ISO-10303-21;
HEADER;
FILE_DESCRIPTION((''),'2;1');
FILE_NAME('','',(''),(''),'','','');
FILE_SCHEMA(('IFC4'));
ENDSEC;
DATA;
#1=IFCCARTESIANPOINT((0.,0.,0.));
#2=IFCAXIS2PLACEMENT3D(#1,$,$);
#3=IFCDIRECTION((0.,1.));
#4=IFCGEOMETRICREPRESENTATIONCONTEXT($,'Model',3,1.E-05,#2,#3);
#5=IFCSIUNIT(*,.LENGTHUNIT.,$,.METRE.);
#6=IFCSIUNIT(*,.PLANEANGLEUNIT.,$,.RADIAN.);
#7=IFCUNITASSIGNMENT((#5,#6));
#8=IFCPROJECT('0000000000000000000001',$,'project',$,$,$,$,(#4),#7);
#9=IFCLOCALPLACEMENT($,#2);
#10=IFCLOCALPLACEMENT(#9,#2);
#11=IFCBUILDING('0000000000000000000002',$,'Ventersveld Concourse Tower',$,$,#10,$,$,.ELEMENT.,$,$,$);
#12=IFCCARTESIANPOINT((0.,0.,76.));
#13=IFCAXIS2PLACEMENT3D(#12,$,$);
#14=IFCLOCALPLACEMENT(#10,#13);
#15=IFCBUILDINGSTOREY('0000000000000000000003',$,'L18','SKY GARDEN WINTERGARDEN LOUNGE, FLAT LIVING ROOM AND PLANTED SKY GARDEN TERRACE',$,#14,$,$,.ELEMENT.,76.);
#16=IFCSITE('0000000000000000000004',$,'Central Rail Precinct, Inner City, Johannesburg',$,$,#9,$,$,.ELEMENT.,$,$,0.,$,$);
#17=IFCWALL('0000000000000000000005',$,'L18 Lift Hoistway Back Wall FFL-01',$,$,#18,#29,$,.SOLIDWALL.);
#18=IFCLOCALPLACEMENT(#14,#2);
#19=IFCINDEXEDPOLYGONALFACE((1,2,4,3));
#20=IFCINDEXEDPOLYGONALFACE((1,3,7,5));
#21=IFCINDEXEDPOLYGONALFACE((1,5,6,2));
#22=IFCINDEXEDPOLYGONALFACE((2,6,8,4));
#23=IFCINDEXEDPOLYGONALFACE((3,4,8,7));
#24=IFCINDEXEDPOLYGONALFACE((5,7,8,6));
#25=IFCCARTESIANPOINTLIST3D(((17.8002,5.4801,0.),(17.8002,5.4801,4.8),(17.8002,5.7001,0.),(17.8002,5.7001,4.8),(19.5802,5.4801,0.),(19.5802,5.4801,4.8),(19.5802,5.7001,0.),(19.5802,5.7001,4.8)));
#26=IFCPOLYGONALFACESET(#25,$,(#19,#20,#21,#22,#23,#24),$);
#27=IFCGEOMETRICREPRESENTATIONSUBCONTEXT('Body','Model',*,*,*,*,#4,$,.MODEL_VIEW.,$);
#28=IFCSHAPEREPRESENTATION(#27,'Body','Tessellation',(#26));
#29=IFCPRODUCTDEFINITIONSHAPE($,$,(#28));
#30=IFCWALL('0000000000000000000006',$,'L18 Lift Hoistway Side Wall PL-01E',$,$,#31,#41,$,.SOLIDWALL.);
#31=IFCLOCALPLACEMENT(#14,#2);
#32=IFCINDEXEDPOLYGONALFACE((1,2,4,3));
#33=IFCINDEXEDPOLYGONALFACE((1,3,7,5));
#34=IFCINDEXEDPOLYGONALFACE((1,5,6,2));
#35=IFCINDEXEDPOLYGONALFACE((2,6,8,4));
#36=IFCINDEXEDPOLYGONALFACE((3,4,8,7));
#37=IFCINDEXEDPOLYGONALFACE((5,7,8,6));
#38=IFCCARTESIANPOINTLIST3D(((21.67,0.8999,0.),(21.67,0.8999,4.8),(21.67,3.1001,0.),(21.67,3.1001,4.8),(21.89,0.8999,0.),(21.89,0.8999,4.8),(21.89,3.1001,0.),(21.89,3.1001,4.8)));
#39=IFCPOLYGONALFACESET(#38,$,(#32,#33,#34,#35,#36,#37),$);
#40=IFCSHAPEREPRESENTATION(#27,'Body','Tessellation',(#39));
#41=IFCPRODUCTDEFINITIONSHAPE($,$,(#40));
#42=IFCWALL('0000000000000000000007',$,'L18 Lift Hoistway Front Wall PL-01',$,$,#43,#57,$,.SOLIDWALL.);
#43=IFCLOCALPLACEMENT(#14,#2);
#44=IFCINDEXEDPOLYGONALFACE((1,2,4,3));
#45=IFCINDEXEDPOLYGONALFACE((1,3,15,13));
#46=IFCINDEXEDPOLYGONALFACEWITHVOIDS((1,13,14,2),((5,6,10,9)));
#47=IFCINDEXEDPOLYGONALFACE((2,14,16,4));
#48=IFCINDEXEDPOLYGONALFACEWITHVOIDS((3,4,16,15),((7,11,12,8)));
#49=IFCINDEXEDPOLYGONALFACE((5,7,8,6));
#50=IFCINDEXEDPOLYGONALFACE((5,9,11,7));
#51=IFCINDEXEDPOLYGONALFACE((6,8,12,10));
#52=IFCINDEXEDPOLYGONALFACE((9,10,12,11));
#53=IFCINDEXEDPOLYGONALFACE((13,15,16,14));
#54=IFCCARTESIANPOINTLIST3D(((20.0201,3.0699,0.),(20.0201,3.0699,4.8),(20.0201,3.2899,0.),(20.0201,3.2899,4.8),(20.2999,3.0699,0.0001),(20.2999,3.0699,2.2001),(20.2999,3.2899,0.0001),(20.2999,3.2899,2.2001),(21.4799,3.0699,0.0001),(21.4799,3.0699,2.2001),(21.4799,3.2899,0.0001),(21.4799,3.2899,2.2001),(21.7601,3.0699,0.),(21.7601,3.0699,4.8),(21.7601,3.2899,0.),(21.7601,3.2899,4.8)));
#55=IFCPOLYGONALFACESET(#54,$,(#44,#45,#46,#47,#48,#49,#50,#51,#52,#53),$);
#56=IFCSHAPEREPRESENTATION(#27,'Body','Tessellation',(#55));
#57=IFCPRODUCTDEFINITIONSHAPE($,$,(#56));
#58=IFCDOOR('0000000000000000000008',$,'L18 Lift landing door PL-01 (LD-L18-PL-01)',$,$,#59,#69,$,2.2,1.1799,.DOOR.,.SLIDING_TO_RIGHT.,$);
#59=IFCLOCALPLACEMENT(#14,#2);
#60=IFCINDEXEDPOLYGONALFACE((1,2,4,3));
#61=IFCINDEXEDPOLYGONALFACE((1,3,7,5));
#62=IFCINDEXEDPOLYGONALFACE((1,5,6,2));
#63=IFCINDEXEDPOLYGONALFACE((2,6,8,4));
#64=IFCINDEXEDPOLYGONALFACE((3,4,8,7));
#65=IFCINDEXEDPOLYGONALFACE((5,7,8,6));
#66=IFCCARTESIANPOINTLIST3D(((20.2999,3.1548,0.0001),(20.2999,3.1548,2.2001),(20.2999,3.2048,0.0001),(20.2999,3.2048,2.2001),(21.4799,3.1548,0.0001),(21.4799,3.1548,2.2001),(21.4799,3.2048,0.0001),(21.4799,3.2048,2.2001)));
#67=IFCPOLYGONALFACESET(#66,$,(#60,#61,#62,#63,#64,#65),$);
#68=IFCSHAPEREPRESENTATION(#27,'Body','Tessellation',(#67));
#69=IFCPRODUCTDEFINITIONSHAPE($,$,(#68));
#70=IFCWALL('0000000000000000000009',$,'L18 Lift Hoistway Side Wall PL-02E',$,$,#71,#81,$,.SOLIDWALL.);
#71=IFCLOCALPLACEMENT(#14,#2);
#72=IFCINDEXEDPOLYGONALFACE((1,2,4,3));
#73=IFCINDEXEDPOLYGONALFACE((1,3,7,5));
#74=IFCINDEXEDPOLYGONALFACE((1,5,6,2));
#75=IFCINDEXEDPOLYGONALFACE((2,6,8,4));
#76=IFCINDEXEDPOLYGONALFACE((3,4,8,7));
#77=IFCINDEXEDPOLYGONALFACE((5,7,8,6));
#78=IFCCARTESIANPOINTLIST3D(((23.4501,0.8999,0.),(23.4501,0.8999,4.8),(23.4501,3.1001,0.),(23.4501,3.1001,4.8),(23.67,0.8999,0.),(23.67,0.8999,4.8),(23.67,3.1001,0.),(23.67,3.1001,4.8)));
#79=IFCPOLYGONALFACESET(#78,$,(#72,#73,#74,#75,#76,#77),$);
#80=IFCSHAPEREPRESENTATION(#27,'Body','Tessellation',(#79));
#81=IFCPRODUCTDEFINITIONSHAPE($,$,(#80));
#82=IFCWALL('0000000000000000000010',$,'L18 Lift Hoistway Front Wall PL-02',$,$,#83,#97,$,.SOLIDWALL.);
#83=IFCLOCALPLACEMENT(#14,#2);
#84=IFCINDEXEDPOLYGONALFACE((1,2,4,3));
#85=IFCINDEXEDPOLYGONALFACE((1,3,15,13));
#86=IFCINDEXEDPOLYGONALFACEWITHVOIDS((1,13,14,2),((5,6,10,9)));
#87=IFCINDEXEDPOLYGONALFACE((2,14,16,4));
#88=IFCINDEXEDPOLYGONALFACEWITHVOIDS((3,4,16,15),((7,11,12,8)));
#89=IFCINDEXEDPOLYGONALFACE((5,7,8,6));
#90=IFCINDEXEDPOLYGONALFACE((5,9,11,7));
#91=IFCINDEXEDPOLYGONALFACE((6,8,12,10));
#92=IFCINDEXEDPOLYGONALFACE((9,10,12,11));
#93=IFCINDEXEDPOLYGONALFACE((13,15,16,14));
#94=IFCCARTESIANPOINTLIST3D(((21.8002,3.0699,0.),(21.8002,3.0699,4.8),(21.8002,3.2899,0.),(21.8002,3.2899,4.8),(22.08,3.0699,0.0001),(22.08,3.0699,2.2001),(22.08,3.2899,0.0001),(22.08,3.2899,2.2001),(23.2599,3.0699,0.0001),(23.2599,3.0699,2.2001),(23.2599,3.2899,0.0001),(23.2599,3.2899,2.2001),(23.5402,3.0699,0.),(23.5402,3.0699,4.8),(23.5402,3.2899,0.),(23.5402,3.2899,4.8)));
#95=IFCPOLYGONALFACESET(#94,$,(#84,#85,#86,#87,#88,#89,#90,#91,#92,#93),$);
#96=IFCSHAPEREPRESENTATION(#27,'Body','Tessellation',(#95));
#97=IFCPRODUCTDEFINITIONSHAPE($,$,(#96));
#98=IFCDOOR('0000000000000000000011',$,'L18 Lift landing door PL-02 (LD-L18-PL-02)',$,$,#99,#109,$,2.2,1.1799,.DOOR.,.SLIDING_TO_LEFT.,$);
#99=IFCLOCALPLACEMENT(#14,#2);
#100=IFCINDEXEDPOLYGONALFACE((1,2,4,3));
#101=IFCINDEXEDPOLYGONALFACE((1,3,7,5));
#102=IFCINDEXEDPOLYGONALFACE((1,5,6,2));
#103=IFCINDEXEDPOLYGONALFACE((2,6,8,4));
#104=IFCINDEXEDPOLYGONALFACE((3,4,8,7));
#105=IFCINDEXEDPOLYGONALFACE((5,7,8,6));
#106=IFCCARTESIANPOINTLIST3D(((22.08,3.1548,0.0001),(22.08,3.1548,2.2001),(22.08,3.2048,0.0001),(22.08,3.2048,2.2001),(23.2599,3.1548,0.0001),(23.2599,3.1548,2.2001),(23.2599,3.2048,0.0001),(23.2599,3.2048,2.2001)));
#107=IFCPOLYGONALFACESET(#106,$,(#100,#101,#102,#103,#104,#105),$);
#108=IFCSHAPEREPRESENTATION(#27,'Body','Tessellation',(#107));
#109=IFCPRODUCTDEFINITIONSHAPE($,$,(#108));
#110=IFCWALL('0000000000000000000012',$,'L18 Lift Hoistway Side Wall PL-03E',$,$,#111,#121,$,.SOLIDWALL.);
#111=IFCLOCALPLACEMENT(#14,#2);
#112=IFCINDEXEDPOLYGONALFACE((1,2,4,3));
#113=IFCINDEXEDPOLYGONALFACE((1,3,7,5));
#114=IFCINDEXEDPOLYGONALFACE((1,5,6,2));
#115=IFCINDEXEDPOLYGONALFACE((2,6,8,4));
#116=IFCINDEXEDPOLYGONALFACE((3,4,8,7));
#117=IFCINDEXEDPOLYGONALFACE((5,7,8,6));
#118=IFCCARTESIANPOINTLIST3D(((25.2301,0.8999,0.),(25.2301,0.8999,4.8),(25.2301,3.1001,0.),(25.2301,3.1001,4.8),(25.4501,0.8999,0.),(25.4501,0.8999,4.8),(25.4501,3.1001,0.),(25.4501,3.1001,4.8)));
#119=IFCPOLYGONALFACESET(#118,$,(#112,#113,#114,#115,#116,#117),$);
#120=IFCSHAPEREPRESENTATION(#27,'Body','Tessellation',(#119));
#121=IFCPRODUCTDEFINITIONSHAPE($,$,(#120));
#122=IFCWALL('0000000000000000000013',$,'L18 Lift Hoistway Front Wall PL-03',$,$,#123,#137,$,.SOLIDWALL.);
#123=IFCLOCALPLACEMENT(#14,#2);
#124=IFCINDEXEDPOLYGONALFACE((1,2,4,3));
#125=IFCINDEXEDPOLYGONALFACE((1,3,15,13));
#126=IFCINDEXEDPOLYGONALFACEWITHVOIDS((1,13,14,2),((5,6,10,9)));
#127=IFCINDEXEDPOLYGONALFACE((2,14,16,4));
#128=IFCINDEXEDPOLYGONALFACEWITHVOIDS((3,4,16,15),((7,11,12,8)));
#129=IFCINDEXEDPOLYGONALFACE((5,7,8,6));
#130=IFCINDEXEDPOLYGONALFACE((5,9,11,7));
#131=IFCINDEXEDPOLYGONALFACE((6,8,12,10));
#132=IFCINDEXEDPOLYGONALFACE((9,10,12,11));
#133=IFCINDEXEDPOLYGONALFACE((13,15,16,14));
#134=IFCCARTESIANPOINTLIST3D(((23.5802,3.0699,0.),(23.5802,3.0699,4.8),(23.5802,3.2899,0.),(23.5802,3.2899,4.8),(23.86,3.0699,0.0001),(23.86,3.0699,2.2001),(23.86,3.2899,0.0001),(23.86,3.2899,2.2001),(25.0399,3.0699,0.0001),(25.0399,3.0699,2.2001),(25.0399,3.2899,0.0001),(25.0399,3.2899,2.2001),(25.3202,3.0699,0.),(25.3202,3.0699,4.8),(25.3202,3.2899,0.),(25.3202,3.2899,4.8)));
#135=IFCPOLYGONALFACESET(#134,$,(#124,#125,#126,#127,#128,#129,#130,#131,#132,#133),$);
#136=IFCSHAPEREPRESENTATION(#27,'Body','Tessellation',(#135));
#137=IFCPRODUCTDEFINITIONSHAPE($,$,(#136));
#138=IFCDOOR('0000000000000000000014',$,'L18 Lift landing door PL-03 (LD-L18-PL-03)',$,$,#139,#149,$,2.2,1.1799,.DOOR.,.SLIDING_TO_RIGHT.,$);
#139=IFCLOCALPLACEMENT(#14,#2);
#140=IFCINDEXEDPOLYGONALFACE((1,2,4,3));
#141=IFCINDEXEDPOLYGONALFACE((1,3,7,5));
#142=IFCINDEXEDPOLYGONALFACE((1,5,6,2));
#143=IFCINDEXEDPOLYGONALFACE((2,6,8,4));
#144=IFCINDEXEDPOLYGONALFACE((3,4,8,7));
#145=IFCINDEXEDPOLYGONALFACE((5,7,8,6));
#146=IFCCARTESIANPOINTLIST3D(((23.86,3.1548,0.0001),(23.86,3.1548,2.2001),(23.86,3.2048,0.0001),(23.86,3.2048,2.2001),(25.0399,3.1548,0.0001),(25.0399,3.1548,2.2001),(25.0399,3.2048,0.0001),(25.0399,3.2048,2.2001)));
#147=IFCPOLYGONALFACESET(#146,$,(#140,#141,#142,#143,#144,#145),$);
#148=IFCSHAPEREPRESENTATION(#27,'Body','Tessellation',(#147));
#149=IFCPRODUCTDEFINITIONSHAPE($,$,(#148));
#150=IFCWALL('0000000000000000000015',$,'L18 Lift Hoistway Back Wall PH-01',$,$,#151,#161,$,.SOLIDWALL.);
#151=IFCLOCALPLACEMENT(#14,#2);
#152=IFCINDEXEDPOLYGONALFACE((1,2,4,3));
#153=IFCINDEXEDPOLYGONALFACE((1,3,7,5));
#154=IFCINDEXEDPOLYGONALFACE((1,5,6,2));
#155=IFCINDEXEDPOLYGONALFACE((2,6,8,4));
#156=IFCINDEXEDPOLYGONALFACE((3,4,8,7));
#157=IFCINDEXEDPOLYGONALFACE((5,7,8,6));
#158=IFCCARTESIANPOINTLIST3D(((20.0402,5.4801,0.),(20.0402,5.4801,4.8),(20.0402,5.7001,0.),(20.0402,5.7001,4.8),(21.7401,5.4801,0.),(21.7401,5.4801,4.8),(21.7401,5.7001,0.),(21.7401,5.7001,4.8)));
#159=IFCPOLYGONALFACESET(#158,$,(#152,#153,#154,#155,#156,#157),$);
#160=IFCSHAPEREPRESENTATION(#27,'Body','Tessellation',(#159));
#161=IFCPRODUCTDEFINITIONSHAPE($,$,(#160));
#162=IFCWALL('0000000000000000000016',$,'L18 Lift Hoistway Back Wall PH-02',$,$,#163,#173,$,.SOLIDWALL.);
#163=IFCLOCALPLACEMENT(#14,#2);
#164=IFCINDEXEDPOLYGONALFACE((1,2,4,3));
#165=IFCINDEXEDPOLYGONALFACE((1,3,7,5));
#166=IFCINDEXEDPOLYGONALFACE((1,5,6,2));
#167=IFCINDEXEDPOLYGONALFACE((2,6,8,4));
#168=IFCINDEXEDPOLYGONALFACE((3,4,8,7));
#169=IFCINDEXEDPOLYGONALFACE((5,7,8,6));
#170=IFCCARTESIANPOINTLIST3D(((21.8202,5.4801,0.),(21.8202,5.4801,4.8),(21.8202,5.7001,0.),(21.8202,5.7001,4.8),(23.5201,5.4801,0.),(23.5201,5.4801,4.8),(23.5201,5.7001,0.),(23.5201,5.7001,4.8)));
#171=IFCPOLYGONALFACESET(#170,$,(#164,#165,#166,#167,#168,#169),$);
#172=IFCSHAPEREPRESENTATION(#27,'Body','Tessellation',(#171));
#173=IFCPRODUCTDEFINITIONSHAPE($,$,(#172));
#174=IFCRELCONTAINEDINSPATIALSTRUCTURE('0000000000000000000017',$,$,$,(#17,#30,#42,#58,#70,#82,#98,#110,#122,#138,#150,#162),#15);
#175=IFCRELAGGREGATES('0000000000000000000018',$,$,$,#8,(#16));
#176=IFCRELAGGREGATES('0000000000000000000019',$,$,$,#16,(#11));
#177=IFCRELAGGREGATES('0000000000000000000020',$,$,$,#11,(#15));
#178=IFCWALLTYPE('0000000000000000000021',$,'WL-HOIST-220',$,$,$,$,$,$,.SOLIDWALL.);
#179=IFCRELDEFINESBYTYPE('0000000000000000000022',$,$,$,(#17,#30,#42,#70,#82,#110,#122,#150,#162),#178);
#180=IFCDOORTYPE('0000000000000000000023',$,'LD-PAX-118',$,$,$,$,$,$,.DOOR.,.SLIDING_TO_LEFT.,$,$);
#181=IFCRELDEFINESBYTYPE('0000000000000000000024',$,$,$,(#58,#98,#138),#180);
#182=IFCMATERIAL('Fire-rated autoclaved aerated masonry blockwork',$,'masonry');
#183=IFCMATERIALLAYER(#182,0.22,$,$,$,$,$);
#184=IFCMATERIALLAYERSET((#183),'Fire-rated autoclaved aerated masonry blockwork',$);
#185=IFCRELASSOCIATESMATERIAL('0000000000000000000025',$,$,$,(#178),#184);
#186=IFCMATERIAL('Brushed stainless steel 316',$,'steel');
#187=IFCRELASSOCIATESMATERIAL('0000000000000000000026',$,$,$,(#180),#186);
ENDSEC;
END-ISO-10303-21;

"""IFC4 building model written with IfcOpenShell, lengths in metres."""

from ifc_helpers import new_model, si_unit, direction, frame, frame_2d, origin, place, context, subcontext, project, spatial, rectangle, extrude, material, layer, layer_set, type_object, element, fill, save


model = new_model("IFC4")

# Units and contexts
model_context = context("Model", 3, precision=1e-05, world=origin(), true_north=direction((0.0, 1.0)))
body_context = subcontext(model_context, "Body", "Model", "MODEL_VIEW")
ifc_project = project(units=[si_unit("LENGTHUNIT", "METRE"), si_unit("PLANEANGLEUNIT", "RADIAN")], contexts=[model_context])

# Site, building, storey
site_placement = place(None, origin())
site = spatial("IfcSite", under=ifc_project, at=site_placement, Name="Central Rail Precinct, Inner City, Johannesburg", CompositionType="ELEMENT", RefElevation=0.0)
building_placement = place(site_placement, origin())
building = spatial("IfcBuilding", under=site, at=building_placement, Name="Ventersveld Concourse Tower", CompositionType="ELEMENT")
storey_placement = place(building_placement, frame((0.0, 0.0, 76.0)))
storey = spatial("IfcBuildingStorey", under=building, at=storey_placement, Name="L18", Description="SKY GARDEN WINTERGARDEN LOUNGE, FLAT LIVING ROOM AND PLANTED SKY GARDEN TERRACE", CompositionType="ELEMENT", Elevation=76.0)

# Walls
ifc_material_1 = material(Name="Fire-rated autoclaved aerated masonry blockwork", Category="masonry")
ifc_layer_1 = layer(ifc_material_1, 0.22)
ifc_layer_set_1 = layer_set([ifc_layer_1], Name="Fire-rated autoclaved aerated masonry blockwork")
wall_type_1 = type_object("IfcWallType", Name="WL-HOIST-220", PredefinedType="SOLIDWALL", material=ifc_layer_set_1)
wall_1_placement = place(storey_placement, frame((17.8, 5.5901, 0.0), z_axis=(0.0, 0.0, 1.0), x_axis=(1.0, 0.0, 0.0)))
element("IfcWall", 1, at=wall_1_placement, inside=storey, type_object=wall_type_1, Name="L18 Lift Hoistway Back Wall FFL-01", PredefinedType="SOLIDWALL", context=body_context, shape_type="SweptSolid", body=[
    extrude(rectangle(XDim=1.78, YDim=0.22, at=frame_2d((0.8901, 0.0))), origin(), (0.0, 0.0, 1.0), 4.8),
])
wall_2_placement = place(storey_placement, frame((21.78, 0.8999, 0.0), z_axis=(0.0, 0.0, 1.0), x_axis=(0.0, 1.0, 0.0)))
element("IfcWall", 2, at=wall_2_placement, inside=storey, type_object=wall_type_1, Name="L18 Lift Hoistway Side Wall PL-01E", PredefinedType="SOLIDWALL", context=body_context, shape_type="SweptSolid", body=[
    extrude(rectangle(XDim=2.2002, YDim=0.22, at=frame_2d((1.1001, 0.0))), origin(), (0.0, 0.0, 1.0), 4.8),
])

# Wall, opening, door
wall_3_placement = place(storey_placement, frame((20.02, 3.1799, 0.0), z_axis=(0.0, 0.0, 1.0), x_axis=(1.0, 0.0, 0.0)))
wall_3 = element("IfcWall", 3, at=wall_3_placement, inside=storey, type_object=wall_type_1, Name="L18 Lift Hoistway Front Wall PL-01", PredefinedType="SOLIDWALL", context=body_context, shape_type="SweptSolid", body=[
    extrude(rectangle(XDim=1.74, YDim=0.22, at=frame_2d((0.8701, 0.0))), origin(), (0.0, 0.0, 1.0), 4.8),
])
opening_1_placement = place(wall_3_placement, frame((0.28, 0.0, 0.0)))
opening_1 = element("IfcOpeningElement", 4, at=opening_1_placement, cuts=wall_3, PredefinedType="OPENING", context=body_context, shape_type="SweptSolid", body=[
    extrude(rectangle(XDim=1.1799, YDim=2.2, at=frame_2d((0.5898, 1.1001))), frame((0.0, 0.1201, 0.0), z_axis=(0.0, -1.0, 0.0), x_axis=(1.0, 0.0, 0.0)), (0.0, 0.0, 1.0), 0.24),
])
ifc_material_2 = material(Name="Brushed stainless steel 316", Category="steel")
door_type = type_object("IfcDoorType", Name="LD-PAX-118", OperationType="SLIDING_TO_LEFT", PredefinedType="DOOR", material=ifc_material_2)
door_1_placement = place(opening_1_placement, origin())
door_1 = element("IfcDoor", 5, at=door_1_placement, inside=storey, type_object=door_type, Name="L18 Lift landing door PL-01 (LD-L18-PL-01)", OperationType="SLIDING_TO_RIGHT", OverallHeight=2.2, OverallWidth=1.1799, PredefinedType="DOOR", context=body_context, shape_type="SweptSolid", body=[
    extrude(rectangle(XDim=1.1799, YDim=2.2, at=frame_2d((0.5898, 1.1001))), frame((0.0, 0.0249, 0.0), z_axis=(0.0, -1.0, 0.0), x_axis=(1.0, 0.0, 0.0)), (0.0, 0.0, 1.0), 0.05),
])
fill(opening_1, door_1)

# Wall
wall_4_placement = place(storey_placement, frame((23.5601, 0.8999, 0.0), z_axis=(0.0, 0.0, 1.0), x_axis=(0.0, 1.0, 0.0)))
element("IfcWall", 6, at=wall_4_placement, inside=storey, type_object=wall_type_1, Name="L18 Lift Hoistway Side Wall PL-02E", PredefinedType="SOLIDWALL", context=body_context, shape_type="SweptSolid", body=[
    extrude(rectangle(XDim=2.2002, YDim=0.22, at=frame_2d((1.1001, 0.0))), origin(), (0.0, 0.0, 1.0), 4.8),
])

# Wall, opening, door
wall_5_placement = place(storey_placement, frame((21.8, 3.1799, 0.0), z_axis=(0.0, 0.0, 1.0), x_axis=(1.0, 0.0, 0.0)))
wall_5 = element("IfcWall", 7, at=wall_5_placement, inside=storey, type_object=wall_type_1, Name="L18 Lift Hoistway Front Wall PL-02", PredefinedType="SOLIDWALL", context=body_context, shape_type="SweptSolid", body=[
    extrude(rectangle(XDim=1.74, YDim=0.22, at=frame_2d((0.8701, 0.0))), origin(), (0.0, 0.0, 1.0), 4.8),
])
opening_2_placement = place(wall_5_placement, frame((0.28, 0.0, 0.0)))
opening_2 = element("IfcOpeningElement", 8, at=opening_2_placement, cuts=wall_5, PredefinedType="OPENING", context=body_context, shape_type="SweptSolid", body=[
    extrude(rectangle(XDim=1.1799, YDim=2.2, at=frame_2d((0.5898, 1.1001))), frame((0.0, 0.1201, 0.0), z_axis=(0.0, -1.0, 0.0), x_axis=(1.0, 0.0, 0.0)), (0.0, 0.0, 1.0), 0.24),
])
door_2_placement = place(opening_2_placement, origin())
door_2 = element("IfcDoor", 9, at=door_2_placement, inside=storey, type_object=door_type, Name="L18 Lift landing door PL-02 (LD-L18-PL-02)", OperationType="SLIDING_TO_LEFT", OverallHeight=2.2, OverallWidth=1.1799, PredefinedType="DOOR", context=body_context, shape_type="SweptSolid", body=[
    extrude(rectangle(XDim=1.1799, YDim=2.2, at=frame_2d((0.5898, 1.1001))), frame((0.0, 0.0249, 0.0), z_axis=(0.0, -1.0, 0.0), x_axis=(1.0, 0.0, 0.0)), (0.0, 0.0, 1.0), 0.05),
])
fill(opening_2, door_2)

# Wall
wall_6_placement = place(storey_placement, frame((25.3401, 0.8999, 0.0), z_axis=(0.0, 0.0, 1.0), x_axis=(0.0, 1.0, 0.0)))
element("IfcWall", 10, at=wall_6_placement, inside=storey, type_object=wall_type_1, Name="L18 Lift Hoistway Side Wall PL-03E", PredefinedType="SOLIDWALL", context=body_context, shape_type="SweptSolid", body=[
    extrude(rectangle(XDim=2.2002, YDim=0.22, at=frame_2d((1.1001, 0.0))), origin(), (0.0, 0.0, 1.0), 4.8),
])

# Wall, opening, door
wall_7_placement = place(storey_placement, frame((23.5801, 3.1799, 0.0), z_axis=(0.0, 0.0, 1.0), x_axis=(1.0, 0.0, 0.0)))
wall_7 = element("IfcWall", 11, at=wall_7_placement, inside=storey, type_object=wall_type_1, Name="L18 Lift Hoistway Front Wall PL-03", PredefinedType="SOLIDWALL", context=body_context, shape_type="SweptSolid", body=[
    extrude(rectangle(XDim=1.74, YDim=0.22, at=frame_2d((0.8701, 0.0))), origin(), (0.0, 0.0, 1.0), 4.8),
])
opening_3_placement = place(wall_7_placement, frame((0.28, 0.0, 0.0)))
opening_3 = element("IfcOpeningElement", 12, at=opening_3_placement, cuts=wall_7, PredefinedType="OPENING", context=body_context, shape_type="SweptSolid", body=[
    extrude(rectangle(XDim=1.1799, YDim=2.2, at=frame_2d((0.5898, 1.1001))), frame((0.0, 0.1201, 0.0), z_axis=(0.0, -1.0, 0.0), x_axis=(1.0, 0.0, 0.0)), (0.0, 0.0, 1.0), 0.24),
])
door_3_placement = place(opening_3_placement, origin())
door_3 = element("IfcDoor", 13, at=door_3_placement, inside=storey, type_object=door_type, Name="L18 Lift landing door PL-03 (LD-L18-PL-03)", OperationType="SLIDING_TO_RIGHT", OverallHeight=2.2, OverallWidth=1.1799, PredefinedType="DOOR", context=body_context, shape_type="SweptSolid", body=[
    extrude(rectangle(XDim=1.1799, YDim=2.2, at=frame_2d((0.5898, 1.1001))), frame((0.0, 0.0249, 0.0), z_axis=(0.0, -1.0, 0.0), x_axis=(1.0, 0.0, 0.0)), (0.0, 0.0, 1.0), 0.05),
])
fill(opening_3, door_3)

# Walls
for number, where, z_axis, x_axis, name in (
    (14, (20.04, 5.5901, 0.0), (0.0, 0.0, 1.0), (1.0, 0.0, 0.0), "L18 Lift Hoistway Back Wall PH-01"),
    (15, (21.8201, 5.5901, 0.0), (0.0, 0.0, 1.0), (1.0, 0.0, 0.0), "L18 Lift Hoistway Back Wall PH-02"),
):
    element("IfcWall", number, at=place(storey_placement, frame(where, z_axis=z_axis, x_axis=x_axis)), inside=storey, type_object=wall_type_1, Name=name, PredefinedType="SOLIDWALL", context=body_context, shape_type="SweptSolid", body=[
        extrude(rectangle(XDim=1.7, YDim=0.22, at=frame_2d((0.8501, 0.0))), origin(), (0.0, 0.0, 1.0), 4.8),
    ])

save(model, "model.ifc")
